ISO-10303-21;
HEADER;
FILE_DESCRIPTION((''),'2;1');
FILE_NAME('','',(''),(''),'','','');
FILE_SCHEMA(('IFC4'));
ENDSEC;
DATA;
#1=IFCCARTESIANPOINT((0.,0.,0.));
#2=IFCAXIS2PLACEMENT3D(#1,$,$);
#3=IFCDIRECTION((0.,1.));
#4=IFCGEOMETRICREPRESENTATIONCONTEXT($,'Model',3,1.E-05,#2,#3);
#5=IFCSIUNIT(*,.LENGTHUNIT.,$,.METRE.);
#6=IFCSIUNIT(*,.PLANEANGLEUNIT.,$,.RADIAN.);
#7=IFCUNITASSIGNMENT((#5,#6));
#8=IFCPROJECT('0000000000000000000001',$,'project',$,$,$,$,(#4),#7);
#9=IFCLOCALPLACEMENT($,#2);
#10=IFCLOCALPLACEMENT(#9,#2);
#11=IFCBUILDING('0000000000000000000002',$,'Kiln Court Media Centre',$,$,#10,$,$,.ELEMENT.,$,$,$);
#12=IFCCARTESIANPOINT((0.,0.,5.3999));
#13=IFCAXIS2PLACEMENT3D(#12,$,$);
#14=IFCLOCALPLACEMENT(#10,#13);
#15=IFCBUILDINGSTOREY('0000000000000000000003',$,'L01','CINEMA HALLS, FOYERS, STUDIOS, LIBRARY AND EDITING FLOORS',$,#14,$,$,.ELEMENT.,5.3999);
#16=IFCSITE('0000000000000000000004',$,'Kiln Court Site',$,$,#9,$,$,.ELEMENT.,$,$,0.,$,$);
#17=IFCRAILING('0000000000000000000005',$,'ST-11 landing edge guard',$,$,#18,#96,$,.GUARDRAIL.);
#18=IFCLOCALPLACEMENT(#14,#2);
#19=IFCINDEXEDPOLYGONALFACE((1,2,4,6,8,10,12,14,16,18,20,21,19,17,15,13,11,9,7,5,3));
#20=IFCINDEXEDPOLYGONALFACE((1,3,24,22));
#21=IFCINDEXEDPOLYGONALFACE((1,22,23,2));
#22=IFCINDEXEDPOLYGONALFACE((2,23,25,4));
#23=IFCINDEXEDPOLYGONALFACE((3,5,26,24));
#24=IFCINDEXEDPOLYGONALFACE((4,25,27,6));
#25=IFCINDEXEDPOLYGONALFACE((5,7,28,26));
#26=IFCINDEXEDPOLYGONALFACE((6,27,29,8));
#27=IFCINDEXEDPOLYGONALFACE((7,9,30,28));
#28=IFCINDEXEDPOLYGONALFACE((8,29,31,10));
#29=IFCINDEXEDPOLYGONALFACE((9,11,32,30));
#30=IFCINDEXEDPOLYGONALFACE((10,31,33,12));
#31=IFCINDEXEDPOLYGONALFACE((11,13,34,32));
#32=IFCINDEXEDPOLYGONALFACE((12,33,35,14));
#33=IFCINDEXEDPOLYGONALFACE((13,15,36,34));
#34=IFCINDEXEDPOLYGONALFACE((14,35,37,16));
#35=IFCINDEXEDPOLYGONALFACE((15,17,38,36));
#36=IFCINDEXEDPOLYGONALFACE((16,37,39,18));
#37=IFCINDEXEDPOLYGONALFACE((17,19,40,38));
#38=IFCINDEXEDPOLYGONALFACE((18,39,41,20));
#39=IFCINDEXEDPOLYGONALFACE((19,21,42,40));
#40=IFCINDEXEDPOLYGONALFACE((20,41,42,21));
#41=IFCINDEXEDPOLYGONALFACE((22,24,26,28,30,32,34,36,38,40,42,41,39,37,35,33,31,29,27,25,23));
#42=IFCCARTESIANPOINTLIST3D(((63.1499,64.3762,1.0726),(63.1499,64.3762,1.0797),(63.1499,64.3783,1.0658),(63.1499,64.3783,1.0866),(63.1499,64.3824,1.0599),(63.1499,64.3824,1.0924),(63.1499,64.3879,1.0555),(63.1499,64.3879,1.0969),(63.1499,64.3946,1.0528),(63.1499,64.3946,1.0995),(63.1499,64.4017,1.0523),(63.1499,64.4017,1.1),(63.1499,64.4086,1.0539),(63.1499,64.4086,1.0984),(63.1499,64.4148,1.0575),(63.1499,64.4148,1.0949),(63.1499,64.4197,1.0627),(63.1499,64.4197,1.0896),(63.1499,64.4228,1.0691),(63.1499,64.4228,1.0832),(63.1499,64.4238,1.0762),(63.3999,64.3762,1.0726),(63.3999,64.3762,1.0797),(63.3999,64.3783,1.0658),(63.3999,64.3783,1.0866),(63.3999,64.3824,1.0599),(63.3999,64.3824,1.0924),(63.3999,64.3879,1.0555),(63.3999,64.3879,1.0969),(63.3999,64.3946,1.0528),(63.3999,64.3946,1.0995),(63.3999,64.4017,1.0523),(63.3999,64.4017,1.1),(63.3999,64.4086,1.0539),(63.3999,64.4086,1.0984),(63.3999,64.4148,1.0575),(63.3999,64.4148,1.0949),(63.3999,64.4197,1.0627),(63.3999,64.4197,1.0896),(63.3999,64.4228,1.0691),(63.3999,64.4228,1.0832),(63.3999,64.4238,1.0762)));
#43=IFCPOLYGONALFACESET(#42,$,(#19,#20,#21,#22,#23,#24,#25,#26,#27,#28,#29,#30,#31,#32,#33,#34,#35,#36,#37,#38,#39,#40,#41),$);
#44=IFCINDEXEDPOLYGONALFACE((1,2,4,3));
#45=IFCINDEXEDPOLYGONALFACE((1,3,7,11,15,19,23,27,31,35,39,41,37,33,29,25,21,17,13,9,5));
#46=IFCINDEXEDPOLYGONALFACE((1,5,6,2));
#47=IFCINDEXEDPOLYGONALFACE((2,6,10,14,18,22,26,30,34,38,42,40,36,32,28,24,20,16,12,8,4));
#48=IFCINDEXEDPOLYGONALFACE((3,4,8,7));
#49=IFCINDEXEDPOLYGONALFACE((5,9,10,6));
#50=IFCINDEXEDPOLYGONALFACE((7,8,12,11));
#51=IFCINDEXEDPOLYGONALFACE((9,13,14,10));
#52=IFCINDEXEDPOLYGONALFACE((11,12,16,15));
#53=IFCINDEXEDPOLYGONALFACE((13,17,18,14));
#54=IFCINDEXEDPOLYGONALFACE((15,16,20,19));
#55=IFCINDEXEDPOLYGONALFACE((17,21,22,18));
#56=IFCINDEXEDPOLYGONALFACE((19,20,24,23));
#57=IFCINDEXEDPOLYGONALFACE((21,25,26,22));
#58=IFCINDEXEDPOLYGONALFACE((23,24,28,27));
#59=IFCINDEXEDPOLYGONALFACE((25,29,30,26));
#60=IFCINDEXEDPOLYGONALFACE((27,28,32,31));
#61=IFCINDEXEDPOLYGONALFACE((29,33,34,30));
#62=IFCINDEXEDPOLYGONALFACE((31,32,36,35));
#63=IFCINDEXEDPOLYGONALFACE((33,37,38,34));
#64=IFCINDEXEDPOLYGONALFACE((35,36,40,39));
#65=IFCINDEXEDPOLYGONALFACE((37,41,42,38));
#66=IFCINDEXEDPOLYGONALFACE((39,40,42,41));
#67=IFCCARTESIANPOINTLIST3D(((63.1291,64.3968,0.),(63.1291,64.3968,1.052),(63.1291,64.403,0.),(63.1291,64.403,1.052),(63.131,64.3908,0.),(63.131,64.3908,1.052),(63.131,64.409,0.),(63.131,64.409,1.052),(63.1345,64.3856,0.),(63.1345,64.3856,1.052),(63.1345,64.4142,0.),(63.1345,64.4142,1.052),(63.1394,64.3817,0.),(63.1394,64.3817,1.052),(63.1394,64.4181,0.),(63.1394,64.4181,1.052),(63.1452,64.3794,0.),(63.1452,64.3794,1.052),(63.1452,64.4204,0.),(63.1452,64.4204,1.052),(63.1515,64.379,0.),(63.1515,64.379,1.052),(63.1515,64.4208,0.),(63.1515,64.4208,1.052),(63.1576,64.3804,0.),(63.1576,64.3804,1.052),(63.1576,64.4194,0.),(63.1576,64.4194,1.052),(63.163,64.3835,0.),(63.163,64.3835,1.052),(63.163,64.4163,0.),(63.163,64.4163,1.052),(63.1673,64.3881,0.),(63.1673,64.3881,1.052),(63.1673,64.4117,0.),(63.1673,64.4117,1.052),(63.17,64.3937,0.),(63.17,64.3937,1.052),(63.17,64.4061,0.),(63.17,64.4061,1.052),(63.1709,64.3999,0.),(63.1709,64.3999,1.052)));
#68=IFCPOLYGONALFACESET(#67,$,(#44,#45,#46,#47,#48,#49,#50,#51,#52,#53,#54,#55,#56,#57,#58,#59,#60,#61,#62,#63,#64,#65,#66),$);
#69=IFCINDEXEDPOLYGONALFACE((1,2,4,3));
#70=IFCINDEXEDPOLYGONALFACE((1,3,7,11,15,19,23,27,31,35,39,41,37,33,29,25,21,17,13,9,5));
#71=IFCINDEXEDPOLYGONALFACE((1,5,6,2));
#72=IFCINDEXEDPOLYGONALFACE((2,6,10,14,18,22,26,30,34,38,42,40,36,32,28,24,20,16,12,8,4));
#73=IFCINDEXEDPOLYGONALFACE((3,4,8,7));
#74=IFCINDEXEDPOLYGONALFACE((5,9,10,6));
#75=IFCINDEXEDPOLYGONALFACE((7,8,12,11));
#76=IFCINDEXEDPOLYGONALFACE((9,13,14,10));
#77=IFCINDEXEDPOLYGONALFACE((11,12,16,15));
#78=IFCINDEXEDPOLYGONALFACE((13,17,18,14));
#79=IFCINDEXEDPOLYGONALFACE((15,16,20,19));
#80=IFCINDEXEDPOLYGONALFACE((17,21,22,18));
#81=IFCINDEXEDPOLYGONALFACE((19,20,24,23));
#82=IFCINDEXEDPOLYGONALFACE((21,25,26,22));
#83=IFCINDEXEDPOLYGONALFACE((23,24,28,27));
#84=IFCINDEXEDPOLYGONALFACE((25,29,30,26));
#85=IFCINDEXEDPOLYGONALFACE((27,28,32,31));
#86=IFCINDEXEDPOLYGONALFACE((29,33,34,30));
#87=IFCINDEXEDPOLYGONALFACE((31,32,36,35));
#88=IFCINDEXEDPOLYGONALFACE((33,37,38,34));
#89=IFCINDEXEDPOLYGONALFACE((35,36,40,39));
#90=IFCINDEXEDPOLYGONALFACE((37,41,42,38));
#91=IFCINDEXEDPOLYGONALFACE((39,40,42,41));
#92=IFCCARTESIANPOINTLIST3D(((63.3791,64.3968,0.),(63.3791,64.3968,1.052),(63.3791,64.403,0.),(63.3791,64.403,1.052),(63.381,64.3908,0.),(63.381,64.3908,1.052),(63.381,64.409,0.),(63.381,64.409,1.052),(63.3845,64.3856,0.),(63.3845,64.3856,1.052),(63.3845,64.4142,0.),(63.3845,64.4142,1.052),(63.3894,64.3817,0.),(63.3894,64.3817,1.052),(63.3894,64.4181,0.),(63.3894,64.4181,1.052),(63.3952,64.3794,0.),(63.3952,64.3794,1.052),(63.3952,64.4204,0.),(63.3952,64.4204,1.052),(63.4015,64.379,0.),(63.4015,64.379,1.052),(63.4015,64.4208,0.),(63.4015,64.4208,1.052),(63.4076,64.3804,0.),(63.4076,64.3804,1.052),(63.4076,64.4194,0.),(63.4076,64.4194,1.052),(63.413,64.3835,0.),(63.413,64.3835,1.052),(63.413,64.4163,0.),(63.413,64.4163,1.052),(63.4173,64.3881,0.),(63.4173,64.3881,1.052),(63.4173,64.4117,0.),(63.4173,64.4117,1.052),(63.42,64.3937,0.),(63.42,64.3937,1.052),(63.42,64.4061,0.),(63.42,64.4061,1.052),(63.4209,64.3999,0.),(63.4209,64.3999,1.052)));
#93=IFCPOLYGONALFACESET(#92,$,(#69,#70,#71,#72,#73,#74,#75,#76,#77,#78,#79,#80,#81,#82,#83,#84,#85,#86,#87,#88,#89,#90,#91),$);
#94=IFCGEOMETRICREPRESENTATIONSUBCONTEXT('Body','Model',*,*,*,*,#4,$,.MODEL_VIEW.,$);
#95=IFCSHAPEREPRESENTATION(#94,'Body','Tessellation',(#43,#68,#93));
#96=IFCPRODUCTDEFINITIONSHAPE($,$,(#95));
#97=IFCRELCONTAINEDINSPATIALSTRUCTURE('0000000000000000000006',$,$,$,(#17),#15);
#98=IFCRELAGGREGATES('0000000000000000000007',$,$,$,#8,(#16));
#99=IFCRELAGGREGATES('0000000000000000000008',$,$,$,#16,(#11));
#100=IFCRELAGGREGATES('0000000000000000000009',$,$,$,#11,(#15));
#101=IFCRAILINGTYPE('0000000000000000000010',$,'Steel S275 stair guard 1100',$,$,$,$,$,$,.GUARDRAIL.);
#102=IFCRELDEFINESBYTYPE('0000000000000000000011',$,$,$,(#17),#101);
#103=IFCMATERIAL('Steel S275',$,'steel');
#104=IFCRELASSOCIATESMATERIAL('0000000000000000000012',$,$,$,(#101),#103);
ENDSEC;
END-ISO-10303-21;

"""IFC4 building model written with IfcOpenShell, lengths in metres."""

from ifc_helpers import new_model, si_unit, direction, frame, origin, origin_2d, place, context, subcontext, project, spatial, circle, extrude, material, type_object, element, save


model = new_model("IFC4")

# Units and contexts
model_context = context("Model", 3, precision=1e-05, world=origin(), true_north=direction((0.0, 1.0)))
body_context = subcontext(model_context, "Body", "Model", "MODEL_VIEW")
ifc_project = project(units=[si_unit("LENGTHUNIT", "METRE"), si_unit("PLANEANGLEUNIT", "RADIAN")], contexts=[model_context])

# Site, building, storey
site_placement = place(None, origin())
site = spatial("IfcSite", under=ifc_project, at=site_placement, Name="Kiln Court Site", CompositionType="ELEMENT", RefElevation=0.0)
building_placement = place(site_placement, origin())
building = spatial("IfcBuilding", under=site, at=building_placement, Name="Kiln Court Media Centre", CompositionType="ELEMENT")
storey_placement = place(building_placement, frame((0.0, 0.0, 5.3999)))
storey = spatial("IfcBuildingStorey", under=building, at=storey_placement, Name="L01", Description="CINEMA HALLS, FOYERS, STUDIOS, LIBRARY AND EDITING FLOORS", CompositionType="ELEMENT", Elevation=5.3999)

# Railing
ifc_material_1 = material(Name="Steel S275", Category="steel")
railing_type_1 = type_object("IfcRailingType", Name="Steel S275 stair guard 1100", PredefinedType="GUARDRAIL", material=ifc_material_1)
for number, where, name in (
    (1, (63.1499, 64.3999, 0.0), "ST-11 landing edge guard"),
):
    element("IfcRailing", number, at=place(storey_placement, frame(where)), inside=storey, type_object=railing_type_1, Name=name, PredefinedType="GUARDRAIL", context=body_context, shape_type="SweptSolid", body=[
        extrude(circle(Radius=0.0239, at=origin_2d()), frame((0.0, 0.0, 1.0762), z_axis=(1.0, 0.0, 0.0), x_axis=(0.0, 1.0, 0.0)), (0.0, 0.0, 1.0), 0.25),
        extrude(circle(Radius=0.021, at=origin_2d()), origin(), (0.0, 0.0, 1.0), 1.052),
        extrude(circle(Radius=0.021, at=origin_2d()), frame((0.25, 0.0, 0.0)), (0.0, 0.0, 1.0), 1.052),
    ])

save(model, "model.ifc")
